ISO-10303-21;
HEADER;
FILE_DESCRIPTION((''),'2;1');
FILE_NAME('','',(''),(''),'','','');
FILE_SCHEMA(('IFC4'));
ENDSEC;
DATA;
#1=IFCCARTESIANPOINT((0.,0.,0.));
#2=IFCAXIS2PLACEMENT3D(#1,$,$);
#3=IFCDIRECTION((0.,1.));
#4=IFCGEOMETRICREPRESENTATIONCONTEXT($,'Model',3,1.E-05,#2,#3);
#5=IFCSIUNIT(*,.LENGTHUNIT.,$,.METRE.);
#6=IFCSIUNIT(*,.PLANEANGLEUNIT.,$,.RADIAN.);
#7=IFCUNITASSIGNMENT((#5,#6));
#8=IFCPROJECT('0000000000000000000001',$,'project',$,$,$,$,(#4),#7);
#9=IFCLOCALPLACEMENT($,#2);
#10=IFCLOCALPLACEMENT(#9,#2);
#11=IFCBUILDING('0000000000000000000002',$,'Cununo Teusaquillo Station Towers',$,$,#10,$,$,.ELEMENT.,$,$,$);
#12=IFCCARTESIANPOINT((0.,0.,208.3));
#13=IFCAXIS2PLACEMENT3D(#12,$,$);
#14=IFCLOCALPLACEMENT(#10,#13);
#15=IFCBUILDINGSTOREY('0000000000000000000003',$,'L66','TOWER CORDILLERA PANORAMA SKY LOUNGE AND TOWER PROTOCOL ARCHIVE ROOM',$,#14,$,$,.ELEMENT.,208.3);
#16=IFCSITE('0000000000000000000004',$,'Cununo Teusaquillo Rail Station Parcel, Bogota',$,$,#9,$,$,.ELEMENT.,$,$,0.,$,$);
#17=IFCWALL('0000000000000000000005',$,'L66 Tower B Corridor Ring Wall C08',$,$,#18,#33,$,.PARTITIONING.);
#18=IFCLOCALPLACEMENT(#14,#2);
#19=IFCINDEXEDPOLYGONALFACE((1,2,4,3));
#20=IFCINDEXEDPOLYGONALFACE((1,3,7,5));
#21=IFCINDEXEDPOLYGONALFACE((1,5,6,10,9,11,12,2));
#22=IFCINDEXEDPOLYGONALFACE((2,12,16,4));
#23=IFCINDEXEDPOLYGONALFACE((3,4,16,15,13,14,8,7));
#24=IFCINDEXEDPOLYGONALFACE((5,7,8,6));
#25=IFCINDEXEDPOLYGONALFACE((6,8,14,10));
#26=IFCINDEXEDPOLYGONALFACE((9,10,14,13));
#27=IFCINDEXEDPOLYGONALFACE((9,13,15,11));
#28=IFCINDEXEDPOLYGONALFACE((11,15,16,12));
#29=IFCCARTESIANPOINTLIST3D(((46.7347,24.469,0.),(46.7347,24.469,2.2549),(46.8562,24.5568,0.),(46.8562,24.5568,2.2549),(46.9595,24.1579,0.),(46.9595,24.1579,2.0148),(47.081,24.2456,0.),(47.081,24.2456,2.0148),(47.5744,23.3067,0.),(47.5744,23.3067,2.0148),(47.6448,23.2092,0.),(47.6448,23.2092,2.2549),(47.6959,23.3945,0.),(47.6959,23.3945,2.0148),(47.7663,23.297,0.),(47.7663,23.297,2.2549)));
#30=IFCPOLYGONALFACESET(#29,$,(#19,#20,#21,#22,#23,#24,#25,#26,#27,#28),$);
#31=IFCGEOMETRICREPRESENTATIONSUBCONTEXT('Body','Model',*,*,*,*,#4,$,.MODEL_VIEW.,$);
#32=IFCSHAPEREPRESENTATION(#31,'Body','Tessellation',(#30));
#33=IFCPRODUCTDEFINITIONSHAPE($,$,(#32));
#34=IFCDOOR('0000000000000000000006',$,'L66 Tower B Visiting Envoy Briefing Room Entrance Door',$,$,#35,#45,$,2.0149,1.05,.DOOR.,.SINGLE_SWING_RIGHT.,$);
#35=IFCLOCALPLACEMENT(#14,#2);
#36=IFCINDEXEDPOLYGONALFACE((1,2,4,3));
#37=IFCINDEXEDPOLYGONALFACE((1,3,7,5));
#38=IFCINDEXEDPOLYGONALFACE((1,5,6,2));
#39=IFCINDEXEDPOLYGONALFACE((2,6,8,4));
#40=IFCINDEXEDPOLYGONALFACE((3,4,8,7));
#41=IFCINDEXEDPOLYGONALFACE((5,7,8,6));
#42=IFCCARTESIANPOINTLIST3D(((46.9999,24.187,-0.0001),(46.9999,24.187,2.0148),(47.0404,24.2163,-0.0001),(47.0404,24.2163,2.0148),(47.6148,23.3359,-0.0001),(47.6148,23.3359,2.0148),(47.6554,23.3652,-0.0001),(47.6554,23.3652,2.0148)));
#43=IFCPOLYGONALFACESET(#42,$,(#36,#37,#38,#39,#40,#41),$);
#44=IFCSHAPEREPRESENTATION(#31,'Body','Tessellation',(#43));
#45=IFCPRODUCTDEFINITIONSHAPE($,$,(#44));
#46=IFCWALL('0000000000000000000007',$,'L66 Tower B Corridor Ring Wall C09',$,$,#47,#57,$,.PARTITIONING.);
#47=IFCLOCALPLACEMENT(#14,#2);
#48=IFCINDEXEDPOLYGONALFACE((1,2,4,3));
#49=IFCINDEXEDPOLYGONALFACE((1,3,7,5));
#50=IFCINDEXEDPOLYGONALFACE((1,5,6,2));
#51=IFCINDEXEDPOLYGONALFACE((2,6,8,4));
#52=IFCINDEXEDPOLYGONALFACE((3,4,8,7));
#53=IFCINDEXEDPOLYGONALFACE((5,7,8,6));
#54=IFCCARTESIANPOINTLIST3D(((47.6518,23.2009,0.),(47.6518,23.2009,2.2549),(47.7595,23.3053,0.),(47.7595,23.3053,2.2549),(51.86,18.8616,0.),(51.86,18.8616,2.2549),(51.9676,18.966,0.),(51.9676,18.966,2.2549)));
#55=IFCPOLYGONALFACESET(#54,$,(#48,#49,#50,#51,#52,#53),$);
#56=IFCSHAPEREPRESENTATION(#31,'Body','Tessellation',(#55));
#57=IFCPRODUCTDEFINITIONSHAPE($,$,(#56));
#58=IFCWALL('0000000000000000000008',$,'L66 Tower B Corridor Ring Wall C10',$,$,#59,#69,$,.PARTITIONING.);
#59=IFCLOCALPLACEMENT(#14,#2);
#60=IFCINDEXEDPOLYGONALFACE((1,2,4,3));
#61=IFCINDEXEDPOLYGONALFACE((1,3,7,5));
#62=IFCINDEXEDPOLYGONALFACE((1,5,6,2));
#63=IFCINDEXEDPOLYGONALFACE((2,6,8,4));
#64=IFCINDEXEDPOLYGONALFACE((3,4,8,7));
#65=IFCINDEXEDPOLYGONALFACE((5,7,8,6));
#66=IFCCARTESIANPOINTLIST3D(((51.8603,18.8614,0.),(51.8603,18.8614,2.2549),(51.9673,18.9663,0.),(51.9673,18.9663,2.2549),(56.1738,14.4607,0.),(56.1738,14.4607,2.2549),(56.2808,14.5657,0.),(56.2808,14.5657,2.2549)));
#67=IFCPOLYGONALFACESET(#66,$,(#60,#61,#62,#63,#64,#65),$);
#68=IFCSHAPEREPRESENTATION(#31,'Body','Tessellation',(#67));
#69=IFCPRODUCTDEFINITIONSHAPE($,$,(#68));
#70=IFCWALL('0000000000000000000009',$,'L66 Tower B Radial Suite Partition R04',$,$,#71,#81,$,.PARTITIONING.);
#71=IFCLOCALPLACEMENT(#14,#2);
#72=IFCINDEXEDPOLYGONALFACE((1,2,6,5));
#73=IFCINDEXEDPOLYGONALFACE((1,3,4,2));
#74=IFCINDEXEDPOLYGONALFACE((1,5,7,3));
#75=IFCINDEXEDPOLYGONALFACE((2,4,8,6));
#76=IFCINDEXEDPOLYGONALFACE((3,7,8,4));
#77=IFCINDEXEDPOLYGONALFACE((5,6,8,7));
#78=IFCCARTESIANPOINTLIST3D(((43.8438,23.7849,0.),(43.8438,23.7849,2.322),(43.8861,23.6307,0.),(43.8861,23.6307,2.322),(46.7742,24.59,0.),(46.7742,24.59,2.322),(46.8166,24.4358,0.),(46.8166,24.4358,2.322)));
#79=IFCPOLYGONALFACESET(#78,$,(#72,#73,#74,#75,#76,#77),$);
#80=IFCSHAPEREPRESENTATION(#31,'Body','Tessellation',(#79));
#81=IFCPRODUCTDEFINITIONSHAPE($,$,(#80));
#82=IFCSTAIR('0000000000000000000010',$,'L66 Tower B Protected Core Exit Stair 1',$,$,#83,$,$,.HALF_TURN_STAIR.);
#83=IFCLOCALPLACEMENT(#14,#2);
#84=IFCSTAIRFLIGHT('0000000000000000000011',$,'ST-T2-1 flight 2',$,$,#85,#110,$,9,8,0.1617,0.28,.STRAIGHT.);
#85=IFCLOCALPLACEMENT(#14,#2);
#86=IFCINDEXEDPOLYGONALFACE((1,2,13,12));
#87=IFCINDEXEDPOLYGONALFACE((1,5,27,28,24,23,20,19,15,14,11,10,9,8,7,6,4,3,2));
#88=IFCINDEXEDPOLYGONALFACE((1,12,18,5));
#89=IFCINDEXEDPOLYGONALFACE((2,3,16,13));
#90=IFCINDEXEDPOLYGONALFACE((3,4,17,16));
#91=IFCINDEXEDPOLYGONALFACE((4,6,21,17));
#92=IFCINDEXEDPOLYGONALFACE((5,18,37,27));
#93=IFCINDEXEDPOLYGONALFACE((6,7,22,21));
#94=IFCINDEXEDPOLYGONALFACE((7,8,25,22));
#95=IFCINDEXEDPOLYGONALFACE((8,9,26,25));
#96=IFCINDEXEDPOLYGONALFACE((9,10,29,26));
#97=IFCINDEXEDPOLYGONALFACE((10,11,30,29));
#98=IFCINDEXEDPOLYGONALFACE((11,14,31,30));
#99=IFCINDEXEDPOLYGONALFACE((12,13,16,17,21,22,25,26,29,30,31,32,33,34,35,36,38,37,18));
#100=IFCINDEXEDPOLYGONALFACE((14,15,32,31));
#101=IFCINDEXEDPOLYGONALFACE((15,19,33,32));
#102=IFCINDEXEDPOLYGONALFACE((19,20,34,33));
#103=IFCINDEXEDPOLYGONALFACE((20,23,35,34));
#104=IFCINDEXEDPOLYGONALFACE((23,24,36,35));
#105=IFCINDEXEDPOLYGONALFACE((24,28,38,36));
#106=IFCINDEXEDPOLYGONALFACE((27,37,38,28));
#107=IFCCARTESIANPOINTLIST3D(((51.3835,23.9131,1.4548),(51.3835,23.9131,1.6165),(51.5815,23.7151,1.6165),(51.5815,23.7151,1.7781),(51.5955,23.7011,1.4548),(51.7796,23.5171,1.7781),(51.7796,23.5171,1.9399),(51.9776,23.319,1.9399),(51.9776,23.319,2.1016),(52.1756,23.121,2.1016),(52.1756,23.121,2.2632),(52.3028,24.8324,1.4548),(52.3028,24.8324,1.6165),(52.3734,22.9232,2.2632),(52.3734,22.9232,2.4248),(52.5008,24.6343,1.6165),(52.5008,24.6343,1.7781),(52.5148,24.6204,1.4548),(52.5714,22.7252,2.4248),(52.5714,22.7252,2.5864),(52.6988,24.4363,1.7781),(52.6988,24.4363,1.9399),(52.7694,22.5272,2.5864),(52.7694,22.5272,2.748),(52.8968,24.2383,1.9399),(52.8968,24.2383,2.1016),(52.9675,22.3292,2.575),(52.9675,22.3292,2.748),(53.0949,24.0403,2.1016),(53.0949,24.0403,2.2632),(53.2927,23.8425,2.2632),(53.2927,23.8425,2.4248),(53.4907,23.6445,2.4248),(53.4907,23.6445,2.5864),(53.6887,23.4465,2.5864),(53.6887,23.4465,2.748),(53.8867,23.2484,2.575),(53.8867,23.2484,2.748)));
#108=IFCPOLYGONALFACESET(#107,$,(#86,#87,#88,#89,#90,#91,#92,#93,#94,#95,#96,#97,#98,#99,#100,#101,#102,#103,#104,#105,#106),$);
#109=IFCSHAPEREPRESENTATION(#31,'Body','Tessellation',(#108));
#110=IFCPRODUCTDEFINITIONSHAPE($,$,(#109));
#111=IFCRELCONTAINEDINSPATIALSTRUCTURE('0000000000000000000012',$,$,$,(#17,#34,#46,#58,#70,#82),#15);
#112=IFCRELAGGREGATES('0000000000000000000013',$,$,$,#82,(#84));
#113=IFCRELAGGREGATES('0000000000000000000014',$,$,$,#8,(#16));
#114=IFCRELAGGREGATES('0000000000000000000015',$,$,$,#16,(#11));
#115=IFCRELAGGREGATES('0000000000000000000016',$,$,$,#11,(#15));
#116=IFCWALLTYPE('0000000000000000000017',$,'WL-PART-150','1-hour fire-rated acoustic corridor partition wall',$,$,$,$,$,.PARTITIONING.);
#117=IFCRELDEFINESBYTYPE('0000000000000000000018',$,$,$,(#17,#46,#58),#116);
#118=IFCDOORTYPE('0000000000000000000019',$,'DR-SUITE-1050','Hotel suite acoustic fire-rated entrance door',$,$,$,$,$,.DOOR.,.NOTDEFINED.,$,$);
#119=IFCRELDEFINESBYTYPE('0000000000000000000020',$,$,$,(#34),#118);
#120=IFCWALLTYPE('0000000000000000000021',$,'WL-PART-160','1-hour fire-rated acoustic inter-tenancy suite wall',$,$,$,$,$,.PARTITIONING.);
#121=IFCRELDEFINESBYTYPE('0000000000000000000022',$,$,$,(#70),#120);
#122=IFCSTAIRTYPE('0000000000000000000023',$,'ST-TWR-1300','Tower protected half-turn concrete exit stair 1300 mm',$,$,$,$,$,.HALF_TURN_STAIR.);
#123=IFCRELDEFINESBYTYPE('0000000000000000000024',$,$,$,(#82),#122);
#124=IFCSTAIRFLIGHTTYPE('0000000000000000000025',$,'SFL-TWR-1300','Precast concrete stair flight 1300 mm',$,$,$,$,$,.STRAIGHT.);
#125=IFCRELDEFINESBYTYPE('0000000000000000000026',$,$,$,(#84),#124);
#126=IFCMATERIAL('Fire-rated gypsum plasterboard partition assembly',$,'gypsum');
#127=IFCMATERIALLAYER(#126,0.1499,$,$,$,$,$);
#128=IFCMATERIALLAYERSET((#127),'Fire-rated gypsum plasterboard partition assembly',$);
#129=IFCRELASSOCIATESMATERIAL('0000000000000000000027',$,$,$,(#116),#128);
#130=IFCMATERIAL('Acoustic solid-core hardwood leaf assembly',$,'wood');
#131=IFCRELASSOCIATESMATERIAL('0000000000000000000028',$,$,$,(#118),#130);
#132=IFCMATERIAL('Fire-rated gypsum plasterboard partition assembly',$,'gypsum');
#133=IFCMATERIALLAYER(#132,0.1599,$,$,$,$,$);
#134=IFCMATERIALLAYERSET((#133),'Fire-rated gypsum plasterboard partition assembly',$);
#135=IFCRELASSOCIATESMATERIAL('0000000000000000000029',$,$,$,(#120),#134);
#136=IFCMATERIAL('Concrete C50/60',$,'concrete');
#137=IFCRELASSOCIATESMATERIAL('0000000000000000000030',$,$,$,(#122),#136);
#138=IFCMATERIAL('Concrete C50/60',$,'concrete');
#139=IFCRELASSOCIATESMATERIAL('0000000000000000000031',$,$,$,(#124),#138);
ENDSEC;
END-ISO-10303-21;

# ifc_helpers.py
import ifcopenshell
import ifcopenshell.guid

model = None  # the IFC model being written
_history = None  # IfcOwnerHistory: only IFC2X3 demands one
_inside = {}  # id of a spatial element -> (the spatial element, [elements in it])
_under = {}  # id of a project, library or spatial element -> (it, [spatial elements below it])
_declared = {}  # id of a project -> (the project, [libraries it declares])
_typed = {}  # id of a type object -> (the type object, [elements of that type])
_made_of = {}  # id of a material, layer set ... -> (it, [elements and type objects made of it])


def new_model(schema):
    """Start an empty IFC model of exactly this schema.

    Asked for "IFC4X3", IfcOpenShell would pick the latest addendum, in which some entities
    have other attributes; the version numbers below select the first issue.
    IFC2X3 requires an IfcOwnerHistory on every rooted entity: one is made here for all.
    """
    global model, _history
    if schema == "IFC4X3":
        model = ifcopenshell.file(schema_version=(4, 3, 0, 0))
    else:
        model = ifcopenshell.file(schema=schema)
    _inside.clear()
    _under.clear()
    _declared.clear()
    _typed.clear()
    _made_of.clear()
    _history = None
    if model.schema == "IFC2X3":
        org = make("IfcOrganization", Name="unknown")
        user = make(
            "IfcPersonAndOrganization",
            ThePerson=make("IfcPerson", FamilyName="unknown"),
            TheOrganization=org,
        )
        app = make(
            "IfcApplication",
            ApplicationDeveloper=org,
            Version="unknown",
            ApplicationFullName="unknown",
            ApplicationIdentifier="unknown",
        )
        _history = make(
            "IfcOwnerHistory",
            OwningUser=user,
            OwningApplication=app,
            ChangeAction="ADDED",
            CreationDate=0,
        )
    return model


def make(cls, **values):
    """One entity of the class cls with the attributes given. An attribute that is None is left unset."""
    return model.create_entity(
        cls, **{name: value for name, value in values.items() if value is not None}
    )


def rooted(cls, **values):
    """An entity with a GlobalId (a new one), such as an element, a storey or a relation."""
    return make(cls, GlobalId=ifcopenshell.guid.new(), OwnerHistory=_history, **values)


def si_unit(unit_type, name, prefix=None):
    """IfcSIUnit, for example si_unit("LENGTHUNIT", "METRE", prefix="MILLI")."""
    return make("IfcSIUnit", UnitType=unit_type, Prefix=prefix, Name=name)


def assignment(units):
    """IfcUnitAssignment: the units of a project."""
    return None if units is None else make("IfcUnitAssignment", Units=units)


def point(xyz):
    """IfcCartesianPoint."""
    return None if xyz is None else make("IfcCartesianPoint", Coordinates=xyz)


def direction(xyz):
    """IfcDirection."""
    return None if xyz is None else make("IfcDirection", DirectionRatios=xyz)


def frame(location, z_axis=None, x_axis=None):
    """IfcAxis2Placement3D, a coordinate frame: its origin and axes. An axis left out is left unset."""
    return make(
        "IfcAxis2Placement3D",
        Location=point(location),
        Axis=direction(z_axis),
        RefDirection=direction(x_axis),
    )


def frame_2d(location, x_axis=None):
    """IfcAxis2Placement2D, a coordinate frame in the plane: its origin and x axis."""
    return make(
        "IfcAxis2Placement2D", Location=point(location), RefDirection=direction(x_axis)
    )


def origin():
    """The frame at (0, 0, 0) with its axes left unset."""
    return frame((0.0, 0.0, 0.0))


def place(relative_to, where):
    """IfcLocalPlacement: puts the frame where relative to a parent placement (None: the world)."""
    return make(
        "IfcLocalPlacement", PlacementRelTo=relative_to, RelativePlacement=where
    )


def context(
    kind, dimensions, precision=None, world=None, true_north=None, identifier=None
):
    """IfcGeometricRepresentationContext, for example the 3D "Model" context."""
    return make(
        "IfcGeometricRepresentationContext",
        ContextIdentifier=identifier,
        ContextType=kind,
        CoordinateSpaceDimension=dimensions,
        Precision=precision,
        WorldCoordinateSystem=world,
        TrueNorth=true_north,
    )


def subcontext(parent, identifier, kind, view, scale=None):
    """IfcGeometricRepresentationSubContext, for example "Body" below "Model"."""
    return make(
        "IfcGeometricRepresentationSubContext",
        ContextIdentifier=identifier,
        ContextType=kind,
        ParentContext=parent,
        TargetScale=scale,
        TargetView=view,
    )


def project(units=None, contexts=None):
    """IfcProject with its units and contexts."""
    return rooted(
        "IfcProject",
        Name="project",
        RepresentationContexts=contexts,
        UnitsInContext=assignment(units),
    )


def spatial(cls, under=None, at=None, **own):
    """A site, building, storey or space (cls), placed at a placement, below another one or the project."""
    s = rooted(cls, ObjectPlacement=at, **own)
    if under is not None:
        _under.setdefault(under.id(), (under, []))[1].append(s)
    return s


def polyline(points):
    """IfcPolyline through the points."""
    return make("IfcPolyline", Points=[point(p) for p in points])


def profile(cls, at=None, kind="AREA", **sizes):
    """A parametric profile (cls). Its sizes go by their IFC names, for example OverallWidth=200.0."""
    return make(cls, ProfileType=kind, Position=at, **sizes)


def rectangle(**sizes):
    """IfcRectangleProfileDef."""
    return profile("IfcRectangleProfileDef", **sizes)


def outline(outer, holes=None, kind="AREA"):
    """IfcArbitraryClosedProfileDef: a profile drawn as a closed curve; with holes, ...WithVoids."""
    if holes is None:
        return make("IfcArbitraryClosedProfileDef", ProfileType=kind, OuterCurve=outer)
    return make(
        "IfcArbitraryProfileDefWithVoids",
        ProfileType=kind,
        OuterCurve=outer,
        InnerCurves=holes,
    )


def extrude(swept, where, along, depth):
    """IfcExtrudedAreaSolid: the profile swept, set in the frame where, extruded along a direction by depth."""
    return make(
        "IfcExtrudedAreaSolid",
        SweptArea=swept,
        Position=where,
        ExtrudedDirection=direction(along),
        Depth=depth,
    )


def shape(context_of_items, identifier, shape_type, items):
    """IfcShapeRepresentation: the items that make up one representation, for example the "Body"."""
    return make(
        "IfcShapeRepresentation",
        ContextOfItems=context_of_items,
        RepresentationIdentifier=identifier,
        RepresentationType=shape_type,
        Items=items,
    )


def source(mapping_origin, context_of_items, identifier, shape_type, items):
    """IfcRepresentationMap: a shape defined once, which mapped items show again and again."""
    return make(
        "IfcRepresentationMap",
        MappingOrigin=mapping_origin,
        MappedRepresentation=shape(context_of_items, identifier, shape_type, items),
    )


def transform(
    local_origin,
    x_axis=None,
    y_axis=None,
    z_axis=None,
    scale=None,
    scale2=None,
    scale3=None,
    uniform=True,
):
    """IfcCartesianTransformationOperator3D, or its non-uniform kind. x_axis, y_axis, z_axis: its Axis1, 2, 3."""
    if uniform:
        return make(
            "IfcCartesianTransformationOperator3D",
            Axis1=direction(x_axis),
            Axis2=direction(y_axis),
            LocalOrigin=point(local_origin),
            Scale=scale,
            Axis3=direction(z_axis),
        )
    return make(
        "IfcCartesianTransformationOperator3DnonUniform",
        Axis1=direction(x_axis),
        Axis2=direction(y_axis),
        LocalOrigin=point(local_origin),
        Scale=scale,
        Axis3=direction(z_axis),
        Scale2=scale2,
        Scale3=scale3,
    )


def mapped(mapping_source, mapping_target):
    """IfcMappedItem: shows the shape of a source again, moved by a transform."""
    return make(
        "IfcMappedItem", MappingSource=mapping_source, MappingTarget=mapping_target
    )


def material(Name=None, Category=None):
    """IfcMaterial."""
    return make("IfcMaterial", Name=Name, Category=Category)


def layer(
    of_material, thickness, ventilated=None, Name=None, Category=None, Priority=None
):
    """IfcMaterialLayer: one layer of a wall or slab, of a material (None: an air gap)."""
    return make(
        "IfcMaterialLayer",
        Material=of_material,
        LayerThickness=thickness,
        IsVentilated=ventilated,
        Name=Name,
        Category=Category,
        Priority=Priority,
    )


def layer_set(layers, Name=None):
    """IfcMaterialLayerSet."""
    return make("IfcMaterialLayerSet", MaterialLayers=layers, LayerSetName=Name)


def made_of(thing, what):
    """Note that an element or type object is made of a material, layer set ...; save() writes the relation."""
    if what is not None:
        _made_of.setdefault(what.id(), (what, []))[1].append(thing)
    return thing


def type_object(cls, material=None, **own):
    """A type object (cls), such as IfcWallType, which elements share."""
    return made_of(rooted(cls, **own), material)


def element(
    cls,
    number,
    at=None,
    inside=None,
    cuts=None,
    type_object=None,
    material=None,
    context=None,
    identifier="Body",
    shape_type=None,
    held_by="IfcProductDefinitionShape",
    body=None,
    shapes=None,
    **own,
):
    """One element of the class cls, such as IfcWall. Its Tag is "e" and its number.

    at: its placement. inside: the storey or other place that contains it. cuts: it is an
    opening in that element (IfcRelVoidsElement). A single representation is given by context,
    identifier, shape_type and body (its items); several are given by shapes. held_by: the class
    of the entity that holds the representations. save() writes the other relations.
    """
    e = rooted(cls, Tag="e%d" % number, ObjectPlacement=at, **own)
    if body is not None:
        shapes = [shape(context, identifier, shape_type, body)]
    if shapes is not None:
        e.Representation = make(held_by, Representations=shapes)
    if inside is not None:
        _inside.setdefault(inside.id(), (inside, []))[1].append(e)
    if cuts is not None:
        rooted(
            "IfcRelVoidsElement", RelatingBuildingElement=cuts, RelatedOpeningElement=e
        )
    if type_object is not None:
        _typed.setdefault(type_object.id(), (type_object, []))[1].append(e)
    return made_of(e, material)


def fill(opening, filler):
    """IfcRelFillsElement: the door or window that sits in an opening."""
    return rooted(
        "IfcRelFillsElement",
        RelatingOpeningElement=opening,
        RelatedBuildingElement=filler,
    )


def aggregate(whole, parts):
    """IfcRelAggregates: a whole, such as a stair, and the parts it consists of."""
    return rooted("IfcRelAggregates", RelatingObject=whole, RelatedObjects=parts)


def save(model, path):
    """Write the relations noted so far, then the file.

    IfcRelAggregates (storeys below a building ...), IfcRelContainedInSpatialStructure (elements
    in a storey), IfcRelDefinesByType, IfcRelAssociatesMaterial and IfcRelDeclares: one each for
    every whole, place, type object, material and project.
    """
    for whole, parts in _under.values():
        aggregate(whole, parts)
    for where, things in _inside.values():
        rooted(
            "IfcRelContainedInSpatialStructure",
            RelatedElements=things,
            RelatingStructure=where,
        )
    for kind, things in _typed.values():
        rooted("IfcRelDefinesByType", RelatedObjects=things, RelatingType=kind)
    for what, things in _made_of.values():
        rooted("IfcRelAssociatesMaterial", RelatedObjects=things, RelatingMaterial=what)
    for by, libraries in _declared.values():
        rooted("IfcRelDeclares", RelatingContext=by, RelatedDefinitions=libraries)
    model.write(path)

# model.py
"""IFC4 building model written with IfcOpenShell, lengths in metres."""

from ifc_helpers import new_model, si_unit, direction, frame, frame_2d, origin, place, context, subcontext, project, spatial, polyline, rectangle, outline, extrude, source, transform, mapped, material, layer, layer_set, type_object, element, fill, aggregate, save


model = new_model("IFC4")

# Units and contexts
model_context = context("Model", 3, precision=1e-05, world=origin(), true_north=direction((0.0, 1.0)))
body_context = subcontext(model_context, "Body", "Model", "MODEL_VIEW")
ifc_project = project(units=[si_unit("LENGTHUNIT", "METRE"), si_unit("PLANEANGLEUNIT", "RADIAN")], contexts=[model_context])

# Site, building, storey
site_placement = place(None, origin())
site = spatial("IfcSite", under=ifc_project, at=site_placement, Name="Cununo Teusaquillo Rail Station Parcel, Bogota", CompositionType="ELEMENT", RefElevation=0.0)
building_placement = place(site_placement, origin())
building = spatial("IfcBuilding", under=site, at=building_placement, Name="Cununo Teusaquillo Station Towers", CompositionType="ELEMENT")
storey_placement = place(building_placement, frame((0.0, 0.0, 208.3)))
storey = spatial("IfcBuildingStorey", under=building, at=storey_placement, Name="L66", Description="TOWER CORDILLERA PANORAMA SKY LOUNGE AND TOWER PROTOCOL ARCHIVE ROOM", CompositionType="ELEMENT", Elevation=208.3)

# Wall, opening, door
ifc_material_1 = material(Name="Fire-rated gypsum plasterboard partition assembly", Category="gypsum")
ifc_layer_1 = layer(ifc_material_1, 0.1499)
ifc_layer_set_1 = layer_set([ifc_layer_1], Name="Fire-rated gypsum plasterboard partition assembly")
wall_type_1 = type_object("IfcWallType", Name="WL-PART-150", Description="1-hour fire-rated acoustic corridor partition wall", PredefinedType="PARTITIONING", material=ifc_layer_set_1)
wall_1_placement = place(storey_placement, frame((46.7954, 24.5129, 0.0), z_axis=(0.0, 0.0, 1.0), x_axis=(0.585628, -0.81058, 0.0)))
wall_1 = element("IfcWall", 1, at=wall_1_placement, inside=storey, type_object=wall_type_1, Name="L66 Tower B Corridor Ring Wall C08", PredefinedType="PARTITIONING", context=body_context, shape_type="SweptSolid", body=[
    extrude(rectangle(XDim=1.5542, YDim=0.1499, at=frame_2d((0.7771, 0.0))), origin(), (0.0, 0.0, 1.0), 2.2549),
])
shared_shape_1 = source(origin(), body_context, "Body", "SweptSolid", [
    extrude(rectangle(XDim=1.05, YDim=2.0149, at=frame_2d((0.5249, 1.0073))), frame((0.0, 0.085, 0.0), z_axis=(0.0, -1.0, 0.0), x_axis=(1.0, 0.0, 0.0)), (0.0, 0.0, 1.0), 0.1699),
])
opening_1_placement = place(wall_1_placement, frame((0.384, 0.0, 0.0)))
opening_1 = element("IfcOpeningElement", 2, at=opening_1_placement, cuts=wall_1, PredefinedType="OPENING", context=body_context, shape_type="MappedRepresentation", body=[
    mapped(shared_shape_1, transform((0.0, 0.0, 0.0), x_axis=(1.0, 0.0, 0.0), y_axis=(0.0, 1.0, 0.0), z_axis=(0.0, 0.0, 1.0), scale=1.0)),
])
ifc_material_2 = material(Name="Acoustic solid-core hardwood leaf assembly", Category="wood")
door_type_1 = type_object("IfcDoorType", Name="DR-SUITE-1050", Description="Hotel suite acoustic fire-rated entrance door", OperationType="NOTDEFINED", PredefinedType="DOOR", material=ifc_material_2)
shared_shape_2 = source(origin(), body_context, "Body", "SweptSolid", [
    extrude(rectangle(XDim=1.05, YDim=2.0149, at=frame_2d((0.5249, 1.0073))), frame((0.0, 0.0249, 0.0), z_axis=(0.0, -1.0, 0.0), x_axis=(1.0, 0.0, 0.0)), (0.0, 0.0, 1.0), 0.05),
])
door_1_placement = place(opening_1_placement, origin())
door_1 = element("IfcDoor", 3, at=door_1_placement, inside=storey, type_object=door_type_1, Name="L66 Tower B Visiting Envoy Briefing Room Entrance Door", OperationType="SINGLE_SWING_RIGHT", OverallHeight=2.0149, OverallWidth=1.05, PredefinedType="DOOR", context=body_context, shape_type="MappedRepresentation", body=[
    mapped(shared_shape_2, transform((0.0, 0.0, 0.0), x_axis=(1.0, 0.0, 0.0), y_axis=(0.0, 1.0, 0.0), z_axis=(0.0, 0.0, 1.0), scale=1.0)),
])
fill(opening_1, door_1)

# Walls
wall_2_placement = place(storey_placement, frame((47.7056, 23.2532, 0.0), z_axis=(0.0, 0.0, 1.0), x_axis=(0.696179, -0.717868, 0.0)))
element("IfcWall", 4, at=wall_2_placement, inside=storey, type_object=wall_type_1, Name="L66 Tower B Corridor Ring Wall C09", PredefinedType="PARTITIONING", context=body_context, shape_type="SweptSolid", body=[
    extrude(rectangle(XDim=6.0447, YDim=0.1499, at=frame_2d((3.0225, 0.0))), origin(), (0.0, 0.0, 1.0), 2.2549),
])
wall_3_placement = place(storey_placement, frame((51.9138, 18.9138, 0.0), z_axis=(0.0, 0.0, 1.0), x_axis=(0.699999, -0.714144, 0.0)))
element("IfcWall", 5, at=wall_3_placement, inside=storey, type_object=wall_type_1, Name="L66 Tower B Corridor Ring Wall C10", PredefinedType="PARTITIONING", context=body_context, shape_type="SweptSolid", body=[
    extrude(rectangle(XDim=6.1621, YDim=0.1499, at=frame_2d((3.0811, 0.0))), origin(), (0.0, 0.0, 1.0), 2.2549),
])
ifc_material_3 = material(Name="Fire-rated gypsum plasterboard partition assembly", Category="gypsum")
ifc_layer_2 = layer(ifc_material_3, 0.1599)
ifc_layer_set_2 = layer_set([ifc_layer_2], Name="Fire-rated gypsum plasterboard partition assembly")
wall_type_2 = type_object("IfcWallType", Name="WL-PART-160", Description="1-hour fire-rated acoustic inter-tenancy suite wall", PredefinedType="PARTITIONING", material=ifc_layer_set_2)
wall_4_placement = place(storey_placement, frame((46.7954, 24.5129, 0.0), z_axis=(0.0, 0.0, 1.0), x_axis=(-0.964263, -0.264945, 0.0)))
element("IfcWall", 6, at=wall_4_placement, inside=storey, type_object=wall_type_2, Name="L66 Tower B Radial Suite Partition R04", PredefinedType="PARTITIONING", context=body_context, shape_type="SweptSolid", body=[
    extrude(rectangle(XDim=3.0391, YDim=0.1599, at=frame_2d((1.5195, 0.0))), origin(), (0.0, 0.0, 1.0), 2.322),
])

# Stair, stair flight
ifc_material_4 = material(Name="Concrete C50/60", Category="concrete")
stair_type = type_object("IfcStairType", Name="ST-TWR-1300", Description="Tower protected half-turn concrete exit stair 1300 mm", PredefinedType="HALF_TURN_STAIR", material=ifc_material_4)
stair_placement = place(storey_placement, origin())
stair = element("IfcStair", 7, at=stair_placement, inside=storey, type_object=stair_type, Name="L66 Tower B Protected Core Exit Stair 1", PredefinedType="HALF_TURN_STAIR")
ifc_material_5 = material(Name="Concrete C50/60", Category="concrete")
stair_flight_type = type_object("IfcStairFlightType", Name="SFL-TWR-1300", Description="Precast concrete stair flight 1300 mm", PredefinedType="STRAIGHT", material=ifc_material_5)
stair_flight_placement = place(storey_placement, frame((51.8433, 24.3728, 1.4548), z_axis=(0.0, 0.0, 1.0), x_axis=(0.707107, -0.707107, 0.0)))
stair_flight = element("IfcStairFlight", 8, at=stair_flight_placement, type_object=stair_flight_type, Name="ST-T2-1 flight 2", NumberOfRisers=9, NumberOfTreads=8, PredefinedType="STRAIGHT", RiserHeight=0.1617, TreadLength=0.28, context=body_context, shape_type="SweptSolid", body=[
    extrude(outline(polyline([(0.0, 0.0), (0.0, 0.1616), (0.28, 0.1616), (0.28, 0.3232), (0.5601, 0.3232), (0.5601, 0.4851), (0.8401, 0.4851), (0.8401, 0.6467), (1.1201, 0.6467), (1.1201, 0.8083), (1.3999, 0.8083), (1.3999, 0.97), (1.6799, 0.97), (1.6799, 1.1316), (1.96, 1.1316), (1.96, 1.2932), (2.24, 1.2932), (2.24, 1.4551), (2.24, 1.1201), (0.2998, 0.0), (0.0, 0.0)])), frame((0.0, 0.6499, 0.0), z_axis=(0.0, -1.0, 0.0), x_axis=(1.0, 0.0, 0.0)), (0.0, 0.0, 1.0), 1.3),
])
aggregate(stair, [stair_flight])

save(model, "model.ifc")
